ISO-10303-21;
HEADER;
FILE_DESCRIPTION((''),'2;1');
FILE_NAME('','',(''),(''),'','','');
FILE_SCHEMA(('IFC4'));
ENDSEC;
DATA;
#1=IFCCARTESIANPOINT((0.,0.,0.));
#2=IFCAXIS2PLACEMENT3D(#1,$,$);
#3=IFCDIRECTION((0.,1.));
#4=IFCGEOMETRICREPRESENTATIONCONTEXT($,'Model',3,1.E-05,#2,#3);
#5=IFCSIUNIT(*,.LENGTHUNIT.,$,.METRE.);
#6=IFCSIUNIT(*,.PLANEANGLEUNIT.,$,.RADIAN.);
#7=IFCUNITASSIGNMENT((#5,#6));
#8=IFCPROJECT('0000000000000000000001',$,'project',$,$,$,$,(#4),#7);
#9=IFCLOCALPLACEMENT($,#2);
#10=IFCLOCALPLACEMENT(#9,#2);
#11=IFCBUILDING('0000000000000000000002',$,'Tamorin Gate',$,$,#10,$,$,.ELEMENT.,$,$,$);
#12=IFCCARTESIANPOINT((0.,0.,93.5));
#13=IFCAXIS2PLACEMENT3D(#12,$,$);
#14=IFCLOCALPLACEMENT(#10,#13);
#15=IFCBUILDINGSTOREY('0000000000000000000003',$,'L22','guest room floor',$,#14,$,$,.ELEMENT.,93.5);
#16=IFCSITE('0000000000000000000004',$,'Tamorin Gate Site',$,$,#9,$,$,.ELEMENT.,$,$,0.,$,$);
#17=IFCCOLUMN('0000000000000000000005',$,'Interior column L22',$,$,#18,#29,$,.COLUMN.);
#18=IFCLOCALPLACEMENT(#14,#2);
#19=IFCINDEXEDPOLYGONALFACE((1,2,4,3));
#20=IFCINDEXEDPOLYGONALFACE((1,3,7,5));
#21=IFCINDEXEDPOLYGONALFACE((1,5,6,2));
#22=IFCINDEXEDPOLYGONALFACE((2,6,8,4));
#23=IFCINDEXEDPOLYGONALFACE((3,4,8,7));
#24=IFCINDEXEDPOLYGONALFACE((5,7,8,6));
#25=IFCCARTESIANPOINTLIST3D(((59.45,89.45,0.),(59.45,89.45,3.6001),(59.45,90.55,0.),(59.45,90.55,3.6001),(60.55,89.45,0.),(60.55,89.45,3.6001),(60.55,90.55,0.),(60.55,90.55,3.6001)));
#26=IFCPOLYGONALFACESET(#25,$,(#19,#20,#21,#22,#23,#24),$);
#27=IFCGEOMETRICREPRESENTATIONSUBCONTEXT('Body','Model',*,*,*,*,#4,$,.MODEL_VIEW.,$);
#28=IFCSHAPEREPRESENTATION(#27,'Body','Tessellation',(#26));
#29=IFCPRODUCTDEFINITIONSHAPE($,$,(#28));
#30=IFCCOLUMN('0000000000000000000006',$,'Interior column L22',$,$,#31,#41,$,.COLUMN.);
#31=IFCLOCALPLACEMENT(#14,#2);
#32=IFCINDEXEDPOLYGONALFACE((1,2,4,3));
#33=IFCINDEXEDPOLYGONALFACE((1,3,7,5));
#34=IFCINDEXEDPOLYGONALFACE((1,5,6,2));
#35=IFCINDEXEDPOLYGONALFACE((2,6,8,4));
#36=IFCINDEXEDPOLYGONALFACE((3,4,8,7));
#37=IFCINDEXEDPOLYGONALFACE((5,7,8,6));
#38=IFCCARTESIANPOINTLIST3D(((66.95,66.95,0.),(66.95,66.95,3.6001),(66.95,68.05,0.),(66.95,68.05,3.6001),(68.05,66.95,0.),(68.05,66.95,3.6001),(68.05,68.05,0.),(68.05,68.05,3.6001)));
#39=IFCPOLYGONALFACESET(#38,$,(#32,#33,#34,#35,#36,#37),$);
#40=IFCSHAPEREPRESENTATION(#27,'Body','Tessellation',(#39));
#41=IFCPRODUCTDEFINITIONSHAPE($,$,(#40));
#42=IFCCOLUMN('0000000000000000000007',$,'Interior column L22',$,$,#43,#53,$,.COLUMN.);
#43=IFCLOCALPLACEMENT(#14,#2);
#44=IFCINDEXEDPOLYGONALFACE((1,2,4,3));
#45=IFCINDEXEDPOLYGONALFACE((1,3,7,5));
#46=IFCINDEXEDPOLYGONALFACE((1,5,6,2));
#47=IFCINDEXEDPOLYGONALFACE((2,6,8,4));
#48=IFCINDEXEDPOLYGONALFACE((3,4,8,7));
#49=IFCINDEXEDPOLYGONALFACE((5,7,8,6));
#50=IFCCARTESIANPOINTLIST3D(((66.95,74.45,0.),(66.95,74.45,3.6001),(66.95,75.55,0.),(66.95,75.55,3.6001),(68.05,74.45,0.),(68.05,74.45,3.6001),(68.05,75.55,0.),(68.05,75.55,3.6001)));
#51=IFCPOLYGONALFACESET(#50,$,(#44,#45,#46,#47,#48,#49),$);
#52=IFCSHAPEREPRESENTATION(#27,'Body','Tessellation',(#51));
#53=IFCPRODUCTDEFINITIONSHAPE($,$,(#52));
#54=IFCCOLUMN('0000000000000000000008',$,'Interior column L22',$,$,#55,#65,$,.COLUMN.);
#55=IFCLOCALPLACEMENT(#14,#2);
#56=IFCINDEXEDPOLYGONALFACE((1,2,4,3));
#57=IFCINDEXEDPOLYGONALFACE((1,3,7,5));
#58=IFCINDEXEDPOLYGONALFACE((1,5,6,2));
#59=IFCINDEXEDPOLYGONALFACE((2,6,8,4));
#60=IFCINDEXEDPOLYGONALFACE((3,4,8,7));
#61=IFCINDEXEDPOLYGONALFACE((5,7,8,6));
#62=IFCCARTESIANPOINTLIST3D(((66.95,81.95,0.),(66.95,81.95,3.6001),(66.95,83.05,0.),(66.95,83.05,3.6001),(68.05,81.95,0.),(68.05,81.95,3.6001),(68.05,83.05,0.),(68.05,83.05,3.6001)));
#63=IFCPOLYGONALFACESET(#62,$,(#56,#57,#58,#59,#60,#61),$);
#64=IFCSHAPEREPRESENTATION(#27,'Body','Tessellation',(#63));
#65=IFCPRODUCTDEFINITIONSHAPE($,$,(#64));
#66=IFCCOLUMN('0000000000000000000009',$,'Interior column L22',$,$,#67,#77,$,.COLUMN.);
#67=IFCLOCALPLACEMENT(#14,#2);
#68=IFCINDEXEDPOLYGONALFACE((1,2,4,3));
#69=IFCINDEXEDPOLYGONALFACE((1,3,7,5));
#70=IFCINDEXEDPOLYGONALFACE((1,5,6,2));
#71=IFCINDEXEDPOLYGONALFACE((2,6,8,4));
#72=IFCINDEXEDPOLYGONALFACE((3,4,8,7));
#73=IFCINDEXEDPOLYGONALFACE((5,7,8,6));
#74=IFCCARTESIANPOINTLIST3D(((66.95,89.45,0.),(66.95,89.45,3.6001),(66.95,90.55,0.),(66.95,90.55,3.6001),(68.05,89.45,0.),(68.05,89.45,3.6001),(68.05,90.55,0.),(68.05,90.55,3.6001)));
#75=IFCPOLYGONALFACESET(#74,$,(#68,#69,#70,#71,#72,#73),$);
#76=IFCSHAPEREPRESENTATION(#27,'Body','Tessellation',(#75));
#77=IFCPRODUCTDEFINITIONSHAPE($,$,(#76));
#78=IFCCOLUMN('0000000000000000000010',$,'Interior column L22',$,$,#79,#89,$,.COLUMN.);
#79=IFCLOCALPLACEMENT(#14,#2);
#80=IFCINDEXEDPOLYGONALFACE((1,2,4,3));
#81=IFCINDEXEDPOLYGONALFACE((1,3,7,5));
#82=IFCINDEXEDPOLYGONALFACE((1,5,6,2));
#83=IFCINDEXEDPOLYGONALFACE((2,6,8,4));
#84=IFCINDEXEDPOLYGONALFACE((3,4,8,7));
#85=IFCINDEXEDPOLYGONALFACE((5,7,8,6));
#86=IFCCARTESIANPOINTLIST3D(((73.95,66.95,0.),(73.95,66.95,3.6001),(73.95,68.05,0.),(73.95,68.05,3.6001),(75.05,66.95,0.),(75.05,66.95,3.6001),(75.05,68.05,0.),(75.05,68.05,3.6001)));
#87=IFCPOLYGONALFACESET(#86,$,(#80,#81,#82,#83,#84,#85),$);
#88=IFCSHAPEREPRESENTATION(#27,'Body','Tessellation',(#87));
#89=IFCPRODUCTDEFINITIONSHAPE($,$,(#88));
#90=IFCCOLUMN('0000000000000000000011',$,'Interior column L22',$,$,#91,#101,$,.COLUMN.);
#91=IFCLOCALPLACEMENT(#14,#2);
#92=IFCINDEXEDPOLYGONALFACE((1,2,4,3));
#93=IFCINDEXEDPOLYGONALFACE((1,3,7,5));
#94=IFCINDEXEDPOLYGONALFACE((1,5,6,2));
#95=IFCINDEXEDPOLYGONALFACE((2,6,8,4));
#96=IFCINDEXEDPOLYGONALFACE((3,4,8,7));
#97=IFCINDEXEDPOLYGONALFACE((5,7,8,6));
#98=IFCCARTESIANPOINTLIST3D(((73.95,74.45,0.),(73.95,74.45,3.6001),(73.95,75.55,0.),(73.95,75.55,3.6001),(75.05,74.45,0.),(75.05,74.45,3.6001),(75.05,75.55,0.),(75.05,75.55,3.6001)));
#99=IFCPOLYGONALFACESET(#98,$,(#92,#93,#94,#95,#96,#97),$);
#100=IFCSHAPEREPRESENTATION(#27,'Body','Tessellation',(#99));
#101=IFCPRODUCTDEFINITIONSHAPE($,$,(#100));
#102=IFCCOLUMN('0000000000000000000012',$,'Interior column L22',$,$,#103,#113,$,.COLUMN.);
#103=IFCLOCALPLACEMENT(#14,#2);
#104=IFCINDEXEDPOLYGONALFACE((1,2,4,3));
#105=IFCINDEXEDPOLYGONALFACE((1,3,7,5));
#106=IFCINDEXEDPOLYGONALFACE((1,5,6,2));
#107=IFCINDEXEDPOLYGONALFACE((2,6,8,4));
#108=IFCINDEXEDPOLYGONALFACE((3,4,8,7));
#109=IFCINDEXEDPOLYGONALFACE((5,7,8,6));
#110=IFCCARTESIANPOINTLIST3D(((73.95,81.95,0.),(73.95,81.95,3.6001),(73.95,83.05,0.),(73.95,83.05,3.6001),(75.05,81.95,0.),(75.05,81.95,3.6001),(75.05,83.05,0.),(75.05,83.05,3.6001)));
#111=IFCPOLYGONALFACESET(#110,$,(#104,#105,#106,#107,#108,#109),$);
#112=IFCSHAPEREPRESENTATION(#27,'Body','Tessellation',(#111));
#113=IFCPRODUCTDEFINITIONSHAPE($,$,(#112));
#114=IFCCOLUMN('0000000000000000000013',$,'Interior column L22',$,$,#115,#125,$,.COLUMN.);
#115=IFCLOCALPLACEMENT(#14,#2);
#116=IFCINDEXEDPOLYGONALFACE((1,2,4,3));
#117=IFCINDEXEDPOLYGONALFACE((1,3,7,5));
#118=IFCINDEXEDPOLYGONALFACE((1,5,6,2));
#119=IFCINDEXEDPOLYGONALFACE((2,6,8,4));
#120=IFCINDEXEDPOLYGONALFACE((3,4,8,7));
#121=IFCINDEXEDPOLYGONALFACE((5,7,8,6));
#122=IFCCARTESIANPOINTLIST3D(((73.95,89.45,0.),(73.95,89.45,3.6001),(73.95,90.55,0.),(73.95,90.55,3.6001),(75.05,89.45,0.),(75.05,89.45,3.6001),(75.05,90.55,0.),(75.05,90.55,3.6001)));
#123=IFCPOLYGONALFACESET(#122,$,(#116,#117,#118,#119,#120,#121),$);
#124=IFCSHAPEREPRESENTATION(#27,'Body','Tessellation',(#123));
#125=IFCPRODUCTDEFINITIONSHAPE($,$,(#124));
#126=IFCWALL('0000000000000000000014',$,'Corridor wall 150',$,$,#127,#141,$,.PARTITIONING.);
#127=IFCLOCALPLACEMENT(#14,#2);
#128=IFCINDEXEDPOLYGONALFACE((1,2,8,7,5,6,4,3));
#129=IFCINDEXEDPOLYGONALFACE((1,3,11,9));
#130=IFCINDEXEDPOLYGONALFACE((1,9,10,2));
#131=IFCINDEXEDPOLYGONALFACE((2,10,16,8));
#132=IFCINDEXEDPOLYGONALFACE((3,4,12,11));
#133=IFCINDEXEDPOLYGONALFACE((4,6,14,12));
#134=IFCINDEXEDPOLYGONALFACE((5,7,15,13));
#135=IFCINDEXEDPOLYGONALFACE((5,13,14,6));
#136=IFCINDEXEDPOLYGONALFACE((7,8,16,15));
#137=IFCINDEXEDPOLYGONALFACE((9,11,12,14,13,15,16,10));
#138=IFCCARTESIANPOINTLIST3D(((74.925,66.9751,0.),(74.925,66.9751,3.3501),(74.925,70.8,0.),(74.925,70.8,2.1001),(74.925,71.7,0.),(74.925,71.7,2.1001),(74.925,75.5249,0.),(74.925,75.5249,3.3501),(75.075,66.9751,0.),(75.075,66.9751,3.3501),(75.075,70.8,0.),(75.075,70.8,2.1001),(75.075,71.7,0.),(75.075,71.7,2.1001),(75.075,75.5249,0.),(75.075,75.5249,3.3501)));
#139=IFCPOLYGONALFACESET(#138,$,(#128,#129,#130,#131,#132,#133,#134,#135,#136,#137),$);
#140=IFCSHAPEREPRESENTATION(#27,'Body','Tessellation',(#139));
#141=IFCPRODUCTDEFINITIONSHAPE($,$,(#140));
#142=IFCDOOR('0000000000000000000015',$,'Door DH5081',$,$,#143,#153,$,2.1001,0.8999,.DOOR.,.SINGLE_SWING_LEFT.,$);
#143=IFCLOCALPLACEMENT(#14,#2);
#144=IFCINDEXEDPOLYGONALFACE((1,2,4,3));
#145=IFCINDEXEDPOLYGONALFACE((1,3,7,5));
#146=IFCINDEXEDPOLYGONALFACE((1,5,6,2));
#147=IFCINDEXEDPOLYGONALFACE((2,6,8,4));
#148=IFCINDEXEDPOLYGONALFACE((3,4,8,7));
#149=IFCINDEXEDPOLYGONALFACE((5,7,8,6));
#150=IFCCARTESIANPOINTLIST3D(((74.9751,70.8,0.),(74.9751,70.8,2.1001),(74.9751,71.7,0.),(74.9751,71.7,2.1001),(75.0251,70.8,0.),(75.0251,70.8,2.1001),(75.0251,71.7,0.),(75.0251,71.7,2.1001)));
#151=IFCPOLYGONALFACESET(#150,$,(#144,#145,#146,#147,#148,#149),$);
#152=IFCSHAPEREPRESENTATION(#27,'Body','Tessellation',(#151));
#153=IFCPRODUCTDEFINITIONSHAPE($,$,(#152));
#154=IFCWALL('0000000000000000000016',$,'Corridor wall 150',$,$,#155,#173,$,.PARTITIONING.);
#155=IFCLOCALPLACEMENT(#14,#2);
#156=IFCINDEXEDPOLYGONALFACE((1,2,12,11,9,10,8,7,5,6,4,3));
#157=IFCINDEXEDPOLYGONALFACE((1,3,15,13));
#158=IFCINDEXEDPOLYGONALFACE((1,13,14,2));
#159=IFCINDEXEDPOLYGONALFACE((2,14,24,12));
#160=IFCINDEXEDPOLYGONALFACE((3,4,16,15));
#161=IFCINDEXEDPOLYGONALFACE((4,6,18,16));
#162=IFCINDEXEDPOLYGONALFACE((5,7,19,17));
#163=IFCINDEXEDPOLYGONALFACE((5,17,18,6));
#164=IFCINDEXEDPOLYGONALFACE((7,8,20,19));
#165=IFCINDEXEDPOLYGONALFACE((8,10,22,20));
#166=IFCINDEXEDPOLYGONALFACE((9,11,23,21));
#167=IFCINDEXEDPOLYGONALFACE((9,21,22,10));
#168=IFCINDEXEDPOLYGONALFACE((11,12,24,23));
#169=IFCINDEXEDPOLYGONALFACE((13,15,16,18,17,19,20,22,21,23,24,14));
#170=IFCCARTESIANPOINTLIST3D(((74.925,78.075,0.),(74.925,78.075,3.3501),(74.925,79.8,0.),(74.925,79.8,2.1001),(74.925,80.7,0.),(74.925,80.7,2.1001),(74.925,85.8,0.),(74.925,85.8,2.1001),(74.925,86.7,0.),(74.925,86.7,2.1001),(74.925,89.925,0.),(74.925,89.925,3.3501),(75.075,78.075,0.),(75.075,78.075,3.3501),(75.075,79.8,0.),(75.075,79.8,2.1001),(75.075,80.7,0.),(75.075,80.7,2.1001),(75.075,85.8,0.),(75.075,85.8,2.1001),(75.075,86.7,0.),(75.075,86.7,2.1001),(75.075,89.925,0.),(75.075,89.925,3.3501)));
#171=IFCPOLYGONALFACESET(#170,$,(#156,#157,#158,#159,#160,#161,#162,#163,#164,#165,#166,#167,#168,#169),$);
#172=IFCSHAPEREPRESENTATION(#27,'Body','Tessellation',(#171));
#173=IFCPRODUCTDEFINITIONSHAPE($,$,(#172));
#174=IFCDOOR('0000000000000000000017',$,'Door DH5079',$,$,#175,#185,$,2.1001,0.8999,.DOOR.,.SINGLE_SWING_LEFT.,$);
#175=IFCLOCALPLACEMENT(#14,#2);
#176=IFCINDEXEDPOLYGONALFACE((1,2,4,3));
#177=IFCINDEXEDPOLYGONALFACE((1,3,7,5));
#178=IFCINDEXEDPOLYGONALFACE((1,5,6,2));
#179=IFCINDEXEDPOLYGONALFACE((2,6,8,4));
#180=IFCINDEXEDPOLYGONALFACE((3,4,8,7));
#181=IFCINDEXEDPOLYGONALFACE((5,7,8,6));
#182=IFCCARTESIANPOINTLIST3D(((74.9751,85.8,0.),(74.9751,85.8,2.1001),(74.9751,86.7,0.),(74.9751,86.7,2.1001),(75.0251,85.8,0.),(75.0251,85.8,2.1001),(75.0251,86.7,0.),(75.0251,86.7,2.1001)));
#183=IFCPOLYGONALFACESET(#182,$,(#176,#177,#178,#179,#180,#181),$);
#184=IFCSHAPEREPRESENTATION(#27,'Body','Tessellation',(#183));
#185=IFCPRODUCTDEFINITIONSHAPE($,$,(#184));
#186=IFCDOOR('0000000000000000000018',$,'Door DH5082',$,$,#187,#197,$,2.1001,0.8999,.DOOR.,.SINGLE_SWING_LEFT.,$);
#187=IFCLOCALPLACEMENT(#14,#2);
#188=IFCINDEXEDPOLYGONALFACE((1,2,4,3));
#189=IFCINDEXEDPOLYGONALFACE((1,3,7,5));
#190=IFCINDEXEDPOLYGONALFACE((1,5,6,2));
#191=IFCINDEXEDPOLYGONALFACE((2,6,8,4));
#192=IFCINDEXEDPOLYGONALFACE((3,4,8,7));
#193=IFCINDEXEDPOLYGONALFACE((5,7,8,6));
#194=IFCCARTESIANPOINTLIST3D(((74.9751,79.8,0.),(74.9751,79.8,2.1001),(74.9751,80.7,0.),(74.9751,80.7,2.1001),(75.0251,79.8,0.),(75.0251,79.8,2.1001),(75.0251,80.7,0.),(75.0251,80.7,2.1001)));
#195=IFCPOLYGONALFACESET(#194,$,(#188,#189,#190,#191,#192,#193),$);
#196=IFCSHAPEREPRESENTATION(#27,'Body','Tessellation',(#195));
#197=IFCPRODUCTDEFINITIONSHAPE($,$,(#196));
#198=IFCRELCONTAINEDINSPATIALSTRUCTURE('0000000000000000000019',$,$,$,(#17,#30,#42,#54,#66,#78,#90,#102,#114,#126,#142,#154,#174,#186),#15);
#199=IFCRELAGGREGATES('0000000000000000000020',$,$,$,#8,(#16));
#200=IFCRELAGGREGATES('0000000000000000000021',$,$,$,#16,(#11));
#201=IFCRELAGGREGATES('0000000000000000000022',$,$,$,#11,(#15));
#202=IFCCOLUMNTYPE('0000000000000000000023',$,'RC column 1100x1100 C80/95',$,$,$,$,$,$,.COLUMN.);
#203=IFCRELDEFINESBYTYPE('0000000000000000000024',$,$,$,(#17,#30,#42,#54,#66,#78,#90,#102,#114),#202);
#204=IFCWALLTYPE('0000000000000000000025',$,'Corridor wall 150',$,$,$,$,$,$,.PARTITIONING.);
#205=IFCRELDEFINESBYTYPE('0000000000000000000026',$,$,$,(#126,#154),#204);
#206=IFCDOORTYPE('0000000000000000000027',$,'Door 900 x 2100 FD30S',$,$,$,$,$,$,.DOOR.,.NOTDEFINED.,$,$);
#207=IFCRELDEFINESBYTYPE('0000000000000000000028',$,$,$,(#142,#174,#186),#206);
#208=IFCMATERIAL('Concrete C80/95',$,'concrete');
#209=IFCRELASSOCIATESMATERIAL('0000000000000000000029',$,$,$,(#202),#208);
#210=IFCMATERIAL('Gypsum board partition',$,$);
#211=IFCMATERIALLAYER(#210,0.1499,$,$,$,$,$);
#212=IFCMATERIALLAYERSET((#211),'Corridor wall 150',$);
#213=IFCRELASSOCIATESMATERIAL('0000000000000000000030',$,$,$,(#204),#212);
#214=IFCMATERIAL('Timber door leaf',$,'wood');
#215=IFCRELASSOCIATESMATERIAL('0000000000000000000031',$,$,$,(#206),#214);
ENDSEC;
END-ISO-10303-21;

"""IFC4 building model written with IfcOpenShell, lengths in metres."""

from ifc_helpers import new_model, si_unit, direction, frame, frame_2d, origin, origin_2d, place, context, subcontext, project, spatial, rectangle, extrude, material, layer, layer_set, material_profile, profile_set, type_object, element, fill, save


model = new_model("IFC4")

# Units and contexts
model_context = context("Model", 3, precision=1e-05, world=origin(), true_north=direction((0.0, 1.0)))
body_context = subcontext(model_context, "Body", "Model", "MODEL_VIEW")
ifc_project = project(units=[si_unit("LENGTHUNIT", "METRE"), si_unit("PLANEANGLEUNIT", "RADIAN")], contexts=[model_context])

# Site, building, storey
site_placement = place(None, origin())
site = spatial("IfcSite", under=ifc_project, at=site_placement, Name="Tamorin Gate Site", CompositionType="ELEMENT", RefElevation=0.0)
building_placement = place(site_placement, origin())
building = spatial("IfcBuilding", under=site, at=building_placement, Name="Tamorin Gate", CompositionType="ELEMENT")
storey_placement = place(building_placement, frame((0.0, 0.0, 93.5)))
storey = spatial("IfcBuildingStorey", under=building, at=storey_placement, Name="L22", Description="guest room floor", CompositionType="ELEMENT", Elevation=93.5)

# Columns
ifc_material_1 = material(Name="Concrete C80/95", Category="concrete")
ifc_material_profile = material_profile(ifc_material_1, rectangle(XDim=1.1001, YDim=1.1001, at=origin_2d()), Name="RC 1100x1100")
ifc_profile_set = profile_set([ifc_material_profile], Name="Concrete C80/95")
column_type = type_object("IfcColumnType", Name="RC column 1100x1100 C80/95", PredefinedType="COLUMN", material=ifc_profile_set)
for number, where, z_axis, x_axis, name in (
    (1, (60.0, 90.0, 0.0), (0.0, 0.0, 1.0), (1.0, 0.0, 0.0), "Interior column L22"),
    (2, (67.5, 67.5, 0.0), (0.0, 0.0, 1.0), (1.0, 0.0, 0.0), "Interior column L22"),
    (3, (67.5, 75.0, 0.0), (0.0, 0.0, 1.0), (1.0, 0.0, 0.0), "Interior column L22"),
    (4, (67.5, 82.5, 0.0), (0.0, 0.0, 1.0), (1.0, 0.0, 0.0), "Interior column L22"),
    (5, (67.5, 90.0, 0.0), (0.0, 0.0, 1.0), (1.0, 0.0, 0.0), "Interior column L22"),
    (6, (74.5, 67.5, 0.0), (0.0, 0.0, 1.0), (1.0, 0.0, 0.0), "Interior column L22"),
    (7, (74.5, 75.0, 0.0), (0.0, 0.0, 1.0), (1.0, 0.0, 0.0), "Interior column L22"),
    (8, (74.5, 82.5, 0.0), (0.0, 0.0, 1.0), (1.0, 0.0, 0.0), "Interior column L22"),
    (9, (74.5, 90.0, 0.0), (0.0, 0.0, 1.0), (1.0, 0.0, 0.0), "Interior column L22"),
):
    element("IfcColumn", number, at=place(storey_placement, frame(where, z_axis=z_axis, x_axis=x_axis)), inside=storey, type_object=column_type, Name=name, PredefinedType="COLUMN", context=body_context, shape_type="SweptSolid", body=[
        extrude(rectangle(XDim=1.1001, YDim=1.1001, at=origin_2d()), origin(), (0.0, 0.0, 1.0), 3.6001),
    ])

# Wall, opening, door
ifc_material_2 = material(Name="Gypsum board partition")
ifc_layer_1 = layer(ifc_material_2, 0.1499)
ifc_layer_set_1 = layer_set([ifc_layer_1], Name="Corridor wall 150")
wall_type_1 = type_object("IfcWallType", Name="Corridor wall 150", PredefinedType="PARTITIONING", material=ifc_layer_set_1)
wall_1_placement = place(storey_placement, frame((75.0, 66.9751, 0.0), z_axis=(0.0, 0.0, 1.0), x_axis=(0.0, 1.0, 0.0)))
wall_1 = element("IfcWall", 10, at=wall_1_placement, inside=storey, type_object=wall_type_1, Name="Corridor wall 150", PredefinedType="PARTITIONING", context=body_context, shape_type="SweptSolid", body=[
    extrude(rectangle(XDim=8.5498, YDim=0.1499, at=frame_2d((4.2749, 0.0))), origin(), (0.0, 0.0, 1.0), 3.3501),
])
opening_1_placement = place(wall_1_placement, frame((3.825, 0.0, 0.0)))
opening_1 = element("IfcOpeningElement", 11, at=opening_1_placement, cuts=wall_1, PredefinedType="OPENING", context=body_context, shape_type="SweptSolid", body=[
    extrude(rectangle(XDim=0.8999, YDim=2.1001, at=frame_2d((0.45, 1.05))), frame((0.0, 0.085, 0.0), z_axis=(0.0, -1.0, 0.0), x_axis=(1.0, 0.0, 0.0)), (0.0, 0.0, 1.0), 0.1699),
])
ifc_material_3 = material(Name="Timber door leaf", Category="wood")
door_type = type_object("IfcDoorType", Name="Door 900 x 2100 FD30S", OperationType="NOTDEFINED", PredefinedType="DOOR", material=ifc_material_3)
door_1_placement = place(opening_1_placement, origin())
door_1 = element("IfcDoor", 12, at=door_1_placement, inside=storey, type_object=door_type, Name="Door DH5081", OperationType="SINGLE_SWING_LEFT", OverallHeight=2.1001, OverallWidth=0.8999, PredefinedType="DOOR", context=body_context, shape_type="SweptSolid", body=[
    extrude(rectangle(XDim=0.8999, YDim=2.1001, at=frame_2d((0.45, 1.05))), frame((0.0, 0.0249, 0.0), z_axis=(0.0, -1.0, 0.0), x_axis=(1.0, 0.0, 0.0)), (0.0, 0.0, 1.0), 0.05),
])
fill(opening_1, door_1)

# Wall, openings, doors
wall_2_placement = place(storey_placement, frame((75.0, 78.075, 0.0), z_axis=(0.0, 0.0, 1.0), x_axis=(0.0, 1.0, 0.0)))
wall_2 = element("IfcWall", 13, at=wall_2_placement, inside=storey, type_object=wall_type_1, Name="Corridor wall 150", PredefinedType="PARTITIONING", context=body_context, shape_type="SweptSolid", body=[
    extrude(rectangle(XDim=11.8501, YDim=0.1499, at=frame_2d((5.925, 0.0))), origin(), (0.0, 0.0, 1.0), 3.3501),
])
opening_2_placement = place(wall_2_placement, frame((7.7251, 0.0, 0.0)))
opening_2 = element("IfcOpeningElement", 14, at=opening_2_placement, cuts=wall_2, PredefinedType="OPENING", context=body_context, shape_type="SweptSolid", body=[
    extrude(rectangle(XDim=0.8999, YDim=2.1001, at=frame_2d((0.45, 1.05))), frame((0.0, 0.085, 0.0), z_axis=(0.0, -1.0, 0.0), x_axis=(1.0, 0.0, 0.0)), (0.0, 0.0, 1.0), 0.1699),
])
opening_3_placement = place(wall_2_placement, frame((1.7251, 0.0, 0.0)))
opening_3 = element("IfcOpeningElement", 15, at=opening_3_placement, cuts=wall_2, PredefinedType="OPENING", context=body_context, shape_type="SweptSolid", body=[
    extrude(rectangle(XDim=0.8999, YDim=2.1001, at=frame_2d((0.45, 1.05))), frame((0.0, 0.085, 0.0), z_axis=(0.0, -1.0, 0.0), x_axis=(1.0, 0.0, 0.0)), (0.0, 0.0, 1.0), 0.1699),
])
door_2_placement = place(opening_2_placement, origin())
door_2 = element("IfcDoor", 16, at=door_2_placement, inside=storey, type_object=door_type, Name="Door DH5079", OperationType="SINGLE_SWING_LEFT", OverallHeight=2.1001, OverallWidth=0.8999, PredefinedType="DOOR", context=body_context, shape_type="SweptSolid", body=[
    extrude(rectangle(XDim=0.8999, YDim=2.1001, at=frame_2d((0.45, 1.05))), frame((0.0, 0.0249, 0.0), z_axis=(0.0, -1.0, 0.0), x_axis=(1.0, 0.0, 0.0)), (0.0, 0.0, 1.0), 0.05),
])
fill(opening_2, door_2)
door_3_placement = place(opening_3_placement, origin())
door_3 = element("IfcDoor", 17, at=door_3_placement, inside=storey, type_object=door_type, Name="Door DH5082", OperationType="SINGLE_SWING_LEFT", OverallHeight=2.1001, OverallWidth=0.8999, PredefinedType="DOOR", context=body_context, shape_type="SweptSolid", body=[
    extrude(rectangle(XDim=0.8999, YDim=2.1001, at=frame_2d((0.45, 1.05))), frame((0.0, 0.0249, 0.0), z_axis=(0.0, -1.0, 0.0), x_axis=(1.0, 0.0, 0.0)), (0.0, 0.0, 1.0), 0.05),
])
fill(opening_3, door_3)

save(model, "model.ifc")
